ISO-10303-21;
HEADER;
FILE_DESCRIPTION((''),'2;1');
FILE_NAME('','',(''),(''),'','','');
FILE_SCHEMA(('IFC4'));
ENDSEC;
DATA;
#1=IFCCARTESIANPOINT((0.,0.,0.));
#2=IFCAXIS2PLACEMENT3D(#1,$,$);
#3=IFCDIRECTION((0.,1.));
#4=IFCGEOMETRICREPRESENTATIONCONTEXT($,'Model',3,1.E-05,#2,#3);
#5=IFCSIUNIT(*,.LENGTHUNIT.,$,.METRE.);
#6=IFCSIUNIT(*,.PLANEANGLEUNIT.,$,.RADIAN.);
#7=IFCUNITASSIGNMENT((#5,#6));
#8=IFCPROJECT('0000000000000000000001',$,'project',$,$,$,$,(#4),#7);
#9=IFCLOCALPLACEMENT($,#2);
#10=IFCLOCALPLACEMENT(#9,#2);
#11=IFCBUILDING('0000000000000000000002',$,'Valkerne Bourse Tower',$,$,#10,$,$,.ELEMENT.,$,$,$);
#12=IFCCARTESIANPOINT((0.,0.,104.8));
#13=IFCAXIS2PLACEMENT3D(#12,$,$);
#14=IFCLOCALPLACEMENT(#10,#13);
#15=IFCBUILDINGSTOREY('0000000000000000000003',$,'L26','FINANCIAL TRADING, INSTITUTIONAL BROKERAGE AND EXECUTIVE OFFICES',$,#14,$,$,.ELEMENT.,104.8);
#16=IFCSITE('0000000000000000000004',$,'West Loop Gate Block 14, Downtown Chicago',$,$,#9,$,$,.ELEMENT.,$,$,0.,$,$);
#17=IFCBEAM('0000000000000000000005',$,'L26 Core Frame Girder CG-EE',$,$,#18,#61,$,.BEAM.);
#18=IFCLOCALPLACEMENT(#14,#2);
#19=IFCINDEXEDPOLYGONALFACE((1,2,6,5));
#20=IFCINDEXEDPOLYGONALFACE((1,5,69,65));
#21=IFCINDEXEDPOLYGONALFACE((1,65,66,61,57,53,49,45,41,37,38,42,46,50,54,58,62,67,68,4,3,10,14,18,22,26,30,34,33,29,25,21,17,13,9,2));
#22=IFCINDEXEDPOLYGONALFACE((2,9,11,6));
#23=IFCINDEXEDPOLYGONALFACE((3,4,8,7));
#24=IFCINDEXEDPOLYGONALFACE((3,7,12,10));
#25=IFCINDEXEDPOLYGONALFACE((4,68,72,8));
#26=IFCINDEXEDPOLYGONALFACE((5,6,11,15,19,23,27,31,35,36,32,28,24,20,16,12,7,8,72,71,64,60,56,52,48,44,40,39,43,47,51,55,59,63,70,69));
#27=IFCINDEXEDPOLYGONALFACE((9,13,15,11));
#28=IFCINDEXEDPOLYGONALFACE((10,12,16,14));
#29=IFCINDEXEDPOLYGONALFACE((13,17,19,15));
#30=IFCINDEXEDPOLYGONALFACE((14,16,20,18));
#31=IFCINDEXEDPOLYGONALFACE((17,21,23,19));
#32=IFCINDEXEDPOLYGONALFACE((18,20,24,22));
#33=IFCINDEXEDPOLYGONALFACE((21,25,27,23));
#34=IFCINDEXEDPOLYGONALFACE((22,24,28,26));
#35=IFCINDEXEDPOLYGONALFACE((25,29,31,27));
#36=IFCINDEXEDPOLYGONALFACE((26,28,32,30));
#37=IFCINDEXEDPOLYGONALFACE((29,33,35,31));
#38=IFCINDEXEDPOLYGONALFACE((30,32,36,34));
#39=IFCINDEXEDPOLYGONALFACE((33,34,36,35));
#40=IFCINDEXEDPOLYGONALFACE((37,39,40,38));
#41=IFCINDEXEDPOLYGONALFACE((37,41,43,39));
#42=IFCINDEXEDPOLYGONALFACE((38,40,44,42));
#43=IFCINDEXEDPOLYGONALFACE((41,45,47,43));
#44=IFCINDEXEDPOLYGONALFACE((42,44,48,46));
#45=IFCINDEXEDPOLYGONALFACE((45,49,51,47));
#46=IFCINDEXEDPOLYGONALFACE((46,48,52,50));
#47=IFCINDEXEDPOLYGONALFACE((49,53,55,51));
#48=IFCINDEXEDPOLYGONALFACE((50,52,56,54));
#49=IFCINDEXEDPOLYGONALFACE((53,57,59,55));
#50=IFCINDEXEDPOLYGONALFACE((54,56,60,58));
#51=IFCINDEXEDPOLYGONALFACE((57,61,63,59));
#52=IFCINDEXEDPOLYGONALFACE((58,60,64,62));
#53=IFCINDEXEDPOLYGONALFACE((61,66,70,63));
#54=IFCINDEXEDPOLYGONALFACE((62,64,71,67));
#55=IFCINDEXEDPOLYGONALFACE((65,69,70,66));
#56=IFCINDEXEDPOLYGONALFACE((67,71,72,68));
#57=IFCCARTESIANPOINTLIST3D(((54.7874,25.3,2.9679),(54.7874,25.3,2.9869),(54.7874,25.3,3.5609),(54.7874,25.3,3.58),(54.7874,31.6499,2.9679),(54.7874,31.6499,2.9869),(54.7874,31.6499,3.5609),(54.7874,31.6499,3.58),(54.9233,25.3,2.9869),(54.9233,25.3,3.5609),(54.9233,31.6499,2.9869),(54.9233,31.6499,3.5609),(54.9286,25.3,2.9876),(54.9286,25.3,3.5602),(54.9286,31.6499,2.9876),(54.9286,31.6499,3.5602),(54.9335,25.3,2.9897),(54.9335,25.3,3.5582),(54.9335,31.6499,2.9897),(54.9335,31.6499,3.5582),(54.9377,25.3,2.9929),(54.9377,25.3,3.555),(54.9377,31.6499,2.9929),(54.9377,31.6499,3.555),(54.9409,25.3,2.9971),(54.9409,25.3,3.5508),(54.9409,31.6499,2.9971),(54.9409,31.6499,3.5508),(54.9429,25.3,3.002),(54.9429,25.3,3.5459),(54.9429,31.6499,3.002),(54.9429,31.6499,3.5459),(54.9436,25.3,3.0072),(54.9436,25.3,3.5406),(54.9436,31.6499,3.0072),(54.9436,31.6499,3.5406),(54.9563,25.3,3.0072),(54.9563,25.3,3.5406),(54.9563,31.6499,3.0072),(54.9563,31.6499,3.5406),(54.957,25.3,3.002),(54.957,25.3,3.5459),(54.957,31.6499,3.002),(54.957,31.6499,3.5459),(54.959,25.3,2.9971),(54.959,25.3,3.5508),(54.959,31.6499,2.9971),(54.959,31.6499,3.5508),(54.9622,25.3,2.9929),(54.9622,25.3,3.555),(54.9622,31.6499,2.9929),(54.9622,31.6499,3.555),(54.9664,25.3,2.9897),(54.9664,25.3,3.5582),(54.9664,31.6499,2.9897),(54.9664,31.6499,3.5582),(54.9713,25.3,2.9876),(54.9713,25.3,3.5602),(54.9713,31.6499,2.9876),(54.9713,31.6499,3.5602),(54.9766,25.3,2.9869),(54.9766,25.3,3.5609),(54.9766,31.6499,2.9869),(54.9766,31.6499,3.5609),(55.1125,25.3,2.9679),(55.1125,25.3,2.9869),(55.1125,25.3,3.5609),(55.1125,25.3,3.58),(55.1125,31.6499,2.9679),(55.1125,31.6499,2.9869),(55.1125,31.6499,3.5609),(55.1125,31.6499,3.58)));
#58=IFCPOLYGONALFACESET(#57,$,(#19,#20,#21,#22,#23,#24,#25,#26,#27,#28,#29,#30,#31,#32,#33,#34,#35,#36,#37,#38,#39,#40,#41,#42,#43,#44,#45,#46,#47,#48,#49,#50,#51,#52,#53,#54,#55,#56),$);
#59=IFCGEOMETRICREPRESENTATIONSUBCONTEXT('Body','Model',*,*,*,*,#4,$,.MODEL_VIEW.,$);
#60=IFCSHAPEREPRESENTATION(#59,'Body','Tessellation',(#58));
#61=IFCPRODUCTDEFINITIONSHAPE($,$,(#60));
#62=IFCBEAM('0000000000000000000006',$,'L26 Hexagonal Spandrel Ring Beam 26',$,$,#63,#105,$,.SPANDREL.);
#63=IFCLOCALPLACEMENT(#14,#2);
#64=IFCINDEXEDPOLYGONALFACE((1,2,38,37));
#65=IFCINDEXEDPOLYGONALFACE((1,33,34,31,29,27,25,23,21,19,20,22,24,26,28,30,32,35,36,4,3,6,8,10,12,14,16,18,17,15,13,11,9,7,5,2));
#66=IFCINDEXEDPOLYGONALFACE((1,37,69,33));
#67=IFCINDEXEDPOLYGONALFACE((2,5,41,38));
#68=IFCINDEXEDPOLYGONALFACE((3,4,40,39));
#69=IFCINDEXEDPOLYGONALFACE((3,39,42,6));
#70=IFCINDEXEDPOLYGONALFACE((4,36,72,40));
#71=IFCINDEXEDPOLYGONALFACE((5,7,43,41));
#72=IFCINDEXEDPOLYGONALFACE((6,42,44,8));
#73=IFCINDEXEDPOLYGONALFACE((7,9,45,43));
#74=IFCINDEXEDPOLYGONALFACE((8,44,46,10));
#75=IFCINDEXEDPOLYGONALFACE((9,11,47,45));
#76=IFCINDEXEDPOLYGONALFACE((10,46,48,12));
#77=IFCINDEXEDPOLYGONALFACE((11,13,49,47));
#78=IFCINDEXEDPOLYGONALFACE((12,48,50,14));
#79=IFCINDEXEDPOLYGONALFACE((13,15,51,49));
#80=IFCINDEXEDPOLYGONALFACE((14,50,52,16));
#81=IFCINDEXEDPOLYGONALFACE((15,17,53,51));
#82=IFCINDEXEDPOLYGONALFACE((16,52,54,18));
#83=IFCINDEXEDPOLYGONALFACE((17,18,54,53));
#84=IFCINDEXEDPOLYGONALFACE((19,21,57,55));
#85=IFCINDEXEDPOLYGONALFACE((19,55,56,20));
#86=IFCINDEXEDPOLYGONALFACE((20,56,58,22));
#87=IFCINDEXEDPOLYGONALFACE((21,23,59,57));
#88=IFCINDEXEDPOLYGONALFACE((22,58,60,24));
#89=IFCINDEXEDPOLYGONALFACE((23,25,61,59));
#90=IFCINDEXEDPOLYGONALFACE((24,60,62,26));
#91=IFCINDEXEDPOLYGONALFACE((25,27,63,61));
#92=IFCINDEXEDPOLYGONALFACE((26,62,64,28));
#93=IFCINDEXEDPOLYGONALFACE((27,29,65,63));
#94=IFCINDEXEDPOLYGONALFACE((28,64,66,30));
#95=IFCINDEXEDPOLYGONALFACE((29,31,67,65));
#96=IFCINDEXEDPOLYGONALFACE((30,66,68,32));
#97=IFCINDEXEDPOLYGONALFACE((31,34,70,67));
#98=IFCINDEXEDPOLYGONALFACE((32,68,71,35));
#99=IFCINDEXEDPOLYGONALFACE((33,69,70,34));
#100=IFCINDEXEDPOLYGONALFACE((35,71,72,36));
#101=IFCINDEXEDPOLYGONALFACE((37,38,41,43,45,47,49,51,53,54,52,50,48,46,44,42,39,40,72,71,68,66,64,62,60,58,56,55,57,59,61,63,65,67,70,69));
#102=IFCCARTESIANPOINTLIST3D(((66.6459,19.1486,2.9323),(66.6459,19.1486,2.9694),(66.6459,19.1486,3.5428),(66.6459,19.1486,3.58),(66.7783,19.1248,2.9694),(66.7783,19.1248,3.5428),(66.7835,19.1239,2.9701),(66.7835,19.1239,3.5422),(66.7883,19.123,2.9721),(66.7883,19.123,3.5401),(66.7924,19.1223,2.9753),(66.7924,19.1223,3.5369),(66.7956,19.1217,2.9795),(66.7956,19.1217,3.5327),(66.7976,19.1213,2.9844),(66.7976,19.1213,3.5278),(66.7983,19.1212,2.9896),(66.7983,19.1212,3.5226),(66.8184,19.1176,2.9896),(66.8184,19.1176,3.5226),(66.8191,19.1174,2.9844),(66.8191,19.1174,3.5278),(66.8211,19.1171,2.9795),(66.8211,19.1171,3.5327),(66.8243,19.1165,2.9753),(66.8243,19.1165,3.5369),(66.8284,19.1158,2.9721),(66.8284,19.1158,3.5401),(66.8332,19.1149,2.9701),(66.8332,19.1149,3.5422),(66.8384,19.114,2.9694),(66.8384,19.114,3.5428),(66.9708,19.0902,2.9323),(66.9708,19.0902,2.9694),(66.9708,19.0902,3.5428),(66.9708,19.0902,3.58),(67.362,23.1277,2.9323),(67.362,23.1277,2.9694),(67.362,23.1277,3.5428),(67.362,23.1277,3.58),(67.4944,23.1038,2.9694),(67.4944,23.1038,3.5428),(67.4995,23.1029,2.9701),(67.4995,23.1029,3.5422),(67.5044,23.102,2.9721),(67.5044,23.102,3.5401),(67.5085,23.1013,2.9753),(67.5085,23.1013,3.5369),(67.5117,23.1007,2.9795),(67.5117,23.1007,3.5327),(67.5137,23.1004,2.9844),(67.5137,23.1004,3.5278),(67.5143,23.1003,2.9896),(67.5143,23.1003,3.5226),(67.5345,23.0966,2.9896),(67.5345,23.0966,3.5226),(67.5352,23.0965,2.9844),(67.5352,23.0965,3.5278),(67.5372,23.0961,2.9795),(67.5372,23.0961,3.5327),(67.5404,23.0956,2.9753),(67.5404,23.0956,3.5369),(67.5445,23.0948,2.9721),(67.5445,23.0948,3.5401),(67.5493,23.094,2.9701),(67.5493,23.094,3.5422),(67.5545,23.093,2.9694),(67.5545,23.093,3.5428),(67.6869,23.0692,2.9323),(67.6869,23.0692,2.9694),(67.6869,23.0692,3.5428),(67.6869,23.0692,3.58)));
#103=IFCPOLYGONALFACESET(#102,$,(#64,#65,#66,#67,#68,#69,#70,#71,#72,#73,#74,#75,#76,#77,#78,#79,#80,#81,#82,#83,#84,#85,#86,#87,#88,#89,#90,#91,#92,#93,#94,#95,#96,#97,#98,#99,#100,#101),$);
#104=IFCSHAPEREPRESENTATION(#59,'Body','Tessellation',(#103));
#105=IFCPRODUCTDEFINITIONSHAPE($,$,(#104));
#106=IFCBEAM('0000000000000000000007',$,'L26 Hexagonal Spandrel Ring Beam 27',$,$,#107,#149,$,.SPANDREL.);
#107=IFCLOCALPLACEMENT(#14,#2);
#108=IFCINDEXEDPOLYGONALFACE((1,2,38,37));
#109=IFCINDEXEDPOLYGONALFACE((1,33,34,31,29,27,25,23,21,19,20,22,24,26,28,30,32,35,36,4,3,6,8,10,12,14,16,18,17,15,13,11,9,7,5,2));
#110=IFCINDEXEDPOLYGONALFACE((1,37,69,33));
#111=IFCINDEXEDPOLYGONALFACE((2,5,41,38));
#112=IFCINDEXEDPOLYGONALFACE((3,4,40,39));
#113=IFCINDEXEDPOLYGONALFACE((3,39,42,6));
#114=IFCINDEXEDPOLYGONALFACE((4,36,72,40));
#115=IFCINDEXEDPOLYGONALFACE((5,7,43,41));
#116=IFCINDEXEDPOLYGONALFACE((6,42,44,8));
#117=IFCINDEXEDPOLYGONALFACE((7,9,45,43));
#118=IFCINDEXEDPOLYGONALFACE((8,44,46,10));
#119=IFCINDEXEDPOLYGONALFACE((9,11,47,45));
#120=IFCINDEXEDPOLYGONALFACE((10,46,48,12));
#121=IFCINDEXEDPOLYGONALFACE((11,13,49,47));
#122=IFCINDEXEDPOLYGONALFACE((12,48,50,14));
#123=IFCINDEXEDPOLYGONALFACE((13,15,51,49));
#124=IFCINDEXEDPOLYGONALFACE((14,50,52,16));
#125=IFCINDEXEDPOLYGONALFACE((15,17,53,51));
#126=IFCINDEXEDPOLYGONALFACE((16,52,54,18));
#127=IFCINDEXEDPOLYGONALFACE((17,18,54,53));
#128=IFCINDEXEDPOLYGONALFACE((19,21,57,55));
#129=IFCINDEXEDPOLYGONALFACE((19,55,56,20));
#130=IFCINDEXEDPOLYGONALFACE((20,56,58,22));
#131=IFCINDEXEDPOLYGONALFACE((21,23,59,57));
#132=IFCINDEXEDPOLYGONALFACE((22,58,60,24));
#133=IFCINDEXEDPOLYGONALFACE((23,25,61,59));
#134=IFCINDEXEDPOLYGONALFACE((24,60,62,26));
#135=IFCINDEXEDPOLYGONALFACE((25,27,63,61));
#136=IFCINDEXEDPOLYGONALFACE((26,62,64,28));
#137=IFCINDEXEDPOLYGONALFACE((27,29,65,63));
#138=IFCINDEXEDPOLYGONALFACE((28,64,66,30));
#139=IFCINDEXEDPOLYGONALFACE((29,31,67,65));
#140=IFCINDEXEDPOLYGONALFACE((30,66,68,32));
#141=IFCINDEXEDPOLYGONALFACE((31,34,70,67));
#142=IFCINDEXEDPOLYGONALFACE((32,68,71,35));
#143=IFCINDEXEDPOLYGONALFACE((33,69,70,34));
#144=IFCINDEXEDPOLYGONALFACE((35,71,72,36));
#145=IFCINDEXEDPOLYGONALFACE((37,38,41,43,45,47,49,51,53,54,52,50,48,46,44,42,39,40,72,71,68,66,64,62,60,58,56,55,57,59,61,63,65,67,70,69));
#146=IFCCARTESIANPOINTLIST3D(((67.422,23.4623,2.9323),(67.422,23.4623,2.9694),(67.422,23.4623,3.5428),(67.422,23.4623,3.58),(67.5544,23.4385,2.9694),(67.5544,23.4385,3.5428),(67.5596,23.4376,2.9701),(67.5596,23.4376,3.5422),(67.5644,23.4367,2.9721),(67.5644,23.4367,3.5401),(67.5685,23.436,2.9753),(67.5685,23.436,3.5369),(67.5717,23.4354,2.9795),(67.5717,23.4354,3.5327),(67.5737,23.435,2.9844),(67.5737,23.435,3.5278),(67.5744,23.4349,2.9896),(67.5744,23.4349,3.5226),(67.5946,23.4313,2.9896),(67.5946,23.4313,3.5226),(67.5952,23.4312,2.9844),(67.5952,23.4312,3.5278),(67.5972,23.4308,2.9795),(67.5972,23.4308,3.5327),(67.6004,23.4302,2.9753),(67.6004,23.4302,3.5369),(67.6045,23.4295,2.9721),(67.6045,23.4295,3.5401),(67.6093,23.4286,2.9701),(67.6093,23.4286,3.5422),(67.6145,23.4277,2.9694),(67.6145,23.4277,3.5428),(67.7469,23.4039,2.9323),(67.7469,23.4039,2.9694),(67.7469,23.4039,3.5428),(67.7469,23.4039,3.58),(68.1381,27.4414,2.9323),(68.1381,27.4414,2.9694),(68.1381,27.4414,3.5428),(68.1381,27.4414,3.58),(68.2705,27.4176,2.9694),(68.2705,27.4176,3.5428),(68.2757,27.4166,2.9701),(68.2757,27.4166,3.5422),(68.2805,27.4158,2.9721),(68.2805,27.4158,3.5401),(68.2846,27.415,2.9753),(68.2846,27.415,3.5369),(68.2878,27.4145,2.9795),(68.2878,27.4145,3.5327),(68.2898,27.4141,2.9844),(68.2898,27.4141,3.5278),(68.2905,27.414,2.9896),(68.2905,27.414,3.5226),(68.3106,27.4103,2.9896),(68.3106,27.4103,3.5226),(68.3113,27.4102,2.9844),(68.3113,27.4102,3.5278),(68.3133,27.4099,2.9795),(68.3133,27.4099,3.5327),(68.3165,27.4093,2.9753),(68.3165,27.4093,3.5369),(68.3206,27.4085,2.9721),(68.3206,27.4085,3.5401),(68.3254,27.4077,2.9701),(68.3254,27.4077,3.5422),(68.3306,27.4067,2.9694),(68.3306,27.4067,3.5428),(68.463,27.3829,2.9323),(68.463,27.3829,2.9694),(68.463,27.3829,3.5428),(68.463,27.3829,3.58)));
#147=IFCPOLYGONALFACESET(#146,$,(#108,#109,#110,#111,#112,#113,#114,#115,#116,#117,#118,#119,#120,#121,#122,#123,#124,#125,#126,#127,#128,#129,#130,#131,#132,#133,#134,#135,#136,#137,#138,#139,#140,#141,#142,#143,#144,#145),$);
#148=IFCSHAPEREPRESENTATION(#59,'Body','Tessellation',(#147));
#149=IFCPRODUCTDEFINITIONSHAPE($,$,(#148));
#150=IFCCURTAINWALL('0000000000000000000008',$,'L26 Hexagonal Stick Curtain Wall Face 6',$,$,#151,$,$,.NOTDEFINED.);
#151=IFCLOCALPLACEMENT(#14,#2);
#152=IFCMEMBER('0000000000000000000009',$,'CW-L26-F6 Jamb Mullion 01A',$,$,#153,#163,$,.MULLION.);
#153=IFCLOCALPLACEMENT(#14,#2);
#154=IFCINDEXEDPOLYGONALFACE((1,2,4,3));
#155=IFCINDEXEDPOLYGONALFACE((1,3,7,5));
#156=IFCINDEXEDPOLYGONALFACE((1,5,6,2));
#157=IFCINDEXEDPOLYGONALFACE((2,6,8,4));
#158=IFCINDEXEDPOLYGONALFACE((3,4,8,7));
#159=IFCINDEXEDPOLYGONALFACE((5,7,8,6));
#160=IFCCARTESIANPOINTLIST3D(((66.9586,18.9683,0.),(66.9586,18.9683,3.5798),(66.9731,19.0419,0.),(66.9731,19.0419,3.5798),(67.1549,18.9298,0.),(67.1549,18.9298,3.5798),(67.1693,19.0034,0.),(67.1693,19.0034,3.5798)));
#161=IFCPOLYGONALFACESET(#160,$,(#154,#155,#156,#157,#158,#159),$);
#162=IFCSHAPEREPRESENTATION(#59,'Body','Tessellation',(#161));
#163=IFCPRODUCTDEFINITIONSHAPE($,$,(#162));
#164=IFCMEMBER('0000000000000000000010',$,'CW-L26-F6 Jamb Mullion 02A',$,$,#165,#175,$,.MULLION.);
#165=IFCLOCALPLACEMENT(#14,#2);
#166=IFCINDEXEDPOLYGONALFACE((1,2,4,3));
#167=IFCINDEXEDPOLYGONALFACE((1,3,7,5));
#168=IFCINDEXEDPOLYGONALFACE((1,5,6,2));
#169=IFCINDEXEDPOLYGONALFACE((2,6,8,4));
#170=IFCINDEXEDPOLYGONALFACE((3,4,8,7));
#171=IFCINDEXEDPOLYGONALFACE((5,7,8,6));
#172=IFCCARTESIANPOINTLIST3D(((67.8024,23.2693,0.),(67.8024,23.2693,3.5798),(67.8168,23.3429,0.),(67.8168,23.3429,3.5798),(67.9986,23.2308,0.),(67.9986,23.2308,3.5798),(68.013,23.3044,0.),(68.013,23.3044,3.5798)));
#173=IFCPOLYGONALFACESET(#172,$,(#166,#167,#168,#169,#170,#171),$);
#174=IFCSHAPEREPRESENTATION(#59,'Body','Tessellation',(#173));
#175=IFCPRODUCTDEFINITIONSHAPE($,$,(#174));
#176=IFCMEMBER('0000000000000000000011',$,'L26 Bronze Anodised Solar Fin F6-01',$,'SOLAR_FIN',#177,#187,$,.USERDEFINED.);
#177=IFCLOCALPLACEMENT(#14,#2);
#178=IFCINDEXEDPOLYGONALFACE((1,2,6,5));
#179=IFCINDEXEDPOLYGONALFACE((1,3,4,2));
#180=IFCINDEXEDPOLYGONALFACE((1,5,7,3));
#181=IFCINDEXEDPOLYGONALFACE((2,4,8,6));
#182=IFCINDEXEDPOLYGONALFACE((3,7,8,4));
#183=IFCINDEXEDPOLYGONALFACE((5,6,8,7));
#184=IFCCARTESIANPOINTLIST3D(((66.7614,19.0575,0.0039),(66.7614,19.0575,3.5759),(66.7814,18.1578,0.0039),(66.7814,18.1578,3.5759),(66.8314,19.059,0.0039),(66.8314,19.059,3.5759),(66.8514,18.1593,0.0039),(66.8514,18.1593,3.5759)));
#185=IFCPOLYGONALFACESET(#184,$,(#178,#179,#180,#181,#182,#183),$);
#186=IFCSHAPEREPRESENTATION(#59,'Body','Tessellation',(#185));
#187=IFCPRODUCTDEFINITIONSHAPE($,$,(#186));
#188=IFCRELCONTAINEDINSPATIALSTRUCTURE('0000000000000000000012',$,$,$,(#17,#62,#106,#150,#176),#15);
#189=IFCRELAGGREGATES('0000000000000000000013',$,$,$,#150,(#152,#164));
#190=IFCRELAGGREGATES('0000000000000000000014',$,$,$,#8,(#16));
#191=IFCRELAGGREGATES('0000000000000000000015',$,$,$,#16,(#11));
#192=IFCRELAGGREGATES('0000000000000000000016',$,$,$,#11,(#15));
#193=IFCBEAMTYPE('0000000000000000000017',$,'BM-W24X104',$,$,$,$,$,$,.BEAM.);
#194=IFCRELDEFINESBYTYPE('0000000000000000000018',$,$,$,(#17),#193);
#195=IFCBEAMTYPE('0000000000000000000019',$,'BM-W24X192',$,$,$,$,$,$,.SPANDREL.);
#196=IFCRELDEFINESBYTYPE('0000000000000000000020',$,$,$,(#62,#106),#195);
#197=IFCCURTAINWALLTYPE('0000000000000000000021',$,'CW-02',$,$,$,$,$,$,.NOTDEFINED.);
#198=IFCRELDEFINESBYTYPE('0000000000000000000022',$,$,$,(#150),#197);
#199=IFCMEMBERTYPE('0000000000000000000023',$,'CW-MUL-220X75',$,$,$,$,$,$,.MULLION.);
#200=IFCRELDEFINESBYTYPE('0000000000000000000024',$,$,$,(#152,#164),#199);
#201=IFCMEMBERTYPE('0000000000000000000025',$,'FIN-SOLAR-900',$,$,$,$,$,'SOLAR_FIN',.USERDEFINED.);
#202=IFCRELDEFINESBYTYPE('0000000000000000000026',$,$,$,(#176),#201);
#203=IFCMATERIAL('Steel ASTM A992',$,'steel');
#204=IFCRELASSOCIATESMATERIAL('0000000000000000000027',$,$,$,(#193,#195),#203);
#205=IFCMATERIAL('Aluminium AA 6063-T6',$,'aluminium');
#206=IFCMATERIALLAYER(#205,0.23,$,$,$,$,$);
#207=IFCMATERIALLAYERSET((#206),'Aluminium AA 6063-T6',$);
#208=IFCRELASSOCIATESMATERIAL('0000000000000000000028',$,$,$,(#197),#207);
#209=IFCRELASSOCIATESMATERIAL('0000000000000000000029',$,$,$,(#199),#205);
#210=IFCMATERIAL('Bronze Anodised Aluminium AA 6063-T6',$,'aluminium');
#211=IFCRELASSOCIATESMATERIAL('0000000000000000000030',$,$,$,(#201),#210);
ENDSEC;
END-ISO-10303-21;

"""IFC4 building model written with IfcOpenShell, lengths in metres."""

from ifc_helpers import new_model, si_unit, direction, frame, origin, origin_2d, place, context, subcontext, project, spatial, rectangle, i_section, extrude, material, layer, layer_set, material_profile, profile_set, type_object, element, aggregate, save


model = new_model("IFC4")

# Units and contexts
model_context = context("Model", 3, precision=1e-05, world=origin(), true_north=direction((0.0, 1.0)))
body_context = subcontext(model_context, "Body", "Model", "MODEL_VIEW")
ifc_project = project(units=[si_unit("LENGTHUNIT", "METRE"), si_unit("PLANEANGLEUNIT", "RADIAN")], contexts=[model_context])

# Site, building, storey
site_placement = place(None, origin())
site = spatial("IfcSite", under=ifc_project, at=site_placement, Name="West Loop Gate Block 14, Downtown Chicago", CompositionType="ELEMENT", RefElevation=0.0)
building_placement = place(site_placement, origin())
building = spatial("IfcBuilding", under=site, at=building_placement, Name="Valkerne Bourse Tower", CompositionType="ELEMENT")
storey_placement = place(building_placement, frame((0.0, 0.0, 104.8)))
storey = spatial("IfcBuildingStorey", under=building, at=storey_placement, Name="L26", Description="FINANCIAL TRADING, INSTITUTIONAL BROKERAGE AND EXECUTIVE OFFICES", CompositionType="ELEMENT", Elevation=104.8)

# Beams
ifc_material_1 = material(Name="Steel ASTM A992", Category="steel")
ifc_material_profile_1 = material_profile(ifc_material_1, i_section(OverallWidth=0.3252, OverallDepth=0.6121, WebThickness=0.0127, FlangeThickness=0.019, FilletRadius=0.0203, at=origin_2d()), Name="W24X104")
ifc_profile_set_1 = profile_set([ifc_material_profile_1], Name="Steel ASTM A992")
beam_type_1 = type_object("IfcBeamType", Name="BM-W24X104", PredefinedType="BEAM", material=ifc_profile_set_1)
beam_1_placement = place(storey_placement, frame((54.95, 25.3, 3.2739), z_axis=(0.0, 1.0, 0.0), x_axis=(-1.0, 0.0, 0.0)))
element("IfcBeam", 1, at=beam_1_placement, inside=storey, type_object=beam_type_1, Name="L26 Core Frame Girder CG-EE", PredefinedType="BEAM", context=body_context, shape_type="SweptSolid", body=[
    extrude(i_section(OverallWidth=0.3252, OverallDepth=0.6121, WebThickness=0.0127, FlangeThickness=0.019, FilletRadius=0.0203, at=origin_2d()), origin(), (0.0, 0.0, 1.0), 6.3499),
])
ifc_material_profile_2 = material_profile(ifc_material_1, i_section(OverallWidth=0.3301, OverallDepth=0.6477, WebThickness=0.0205, FlangeThickness=0.0371, FilletRadius=0.0203, at=origin_2d()), Name="W24X192")
ifc_profile_set_2 = profile_set([ifc_material_profile_2], Name="Steel ASTM A992")
beam_type_2 = type_object("IfcBeamType", Name="BM-W24X192", PredefinedType="SPANDREL", material=ifc_profile_set_2)
for number, where, z_axis, x_axis, name in (
    (2, (66.8083, 19.1194, 3.2561), (0.177116, 0.98419, 0.0), (-0.98419, 0.177116, 0.0), "L26 Hexagonal Spandrel Ring Beam 26"),
    (3, (67.5845, 23.4331, 3.2561), (0.177116, 0.98419, 0.0), (-0.98419, 0.177116, 0.0), "L26 Hexagonal Spandrel Ring Beam 27"),
):
    element("IfcBeam", number, at=place(storey_placement, frame(where, z_axis=z_axis, x_axis=x_axis)), inside=storey, type_object=beam_type_2, Name=name, PredefinedType="SPANDREL", context=body_context, shape_type="SweptSolid", body=[
        extrude(i_section(OverallWidth=0.3301, OverallDepth=0.6477, WebThickness=0.0205, FlangeThickness=0.0371, FilletRadius=0.0203, at=origin_2d()), origin(), (0.0, 0.0, 1.0), 4.043),
    ])

# Curtain wall, members
ifc_material_2 = material(Name="Aluminium AA 6063-T6", Category="aluminium")
ifc_layer_1 = layer(ifc_material_2, 0.23)
ifc_layer_set_1 = layer_set([ifc_layer_1], Name="Aluminium AA 6063-T6")
curtain_wall_type = type_object("IfcCurtainWallType", Name="CW-02", PredefinedType="NOTDEFINED", material=ifc_layer_set_1)
curtain_wall_placement = place(storey_placement, origin())
curtain_wall = element("IfcCurtainWall", 4, at=curtain_wall_placement, inside=storey, type_object=curtain_wall_type, Name="L26 Hexagonal Stick Curtain Wall Face 6", PredefinedType="NOTDEFINED")
ifc_material_profile_3 = material_profile(ifc_material_2, rectangle(XDim=0.075, YDim=0.2, at=origin_2d()), Name="CWM-75X200")
ifc_profile_set_3 = profile_set([ifc_material_profile_3], Name="Aluminium AA 6063-T6")
member_type_1 = type_object("IfcMemberType", Name="CW-MUL-220X75", PredefinedType="MULLION", material=ifc_profile_set_3)
member_1_placement = place(storey_placement, frame((67.064, 18.9858, 0.0), z_axis=(0.0, 0.0, 1.0), x_axis=(0.192513, 0.981294, 0.0)))
member_1 = element("IfcMember", 5, at=member_1_placement, type_object=member_type_1, Name="CW-L26-F6 Jamb Mullion 01A", PredefinedType="MULLION", context=body_context, shape_type="SweptSolid", body=[
    extrude(rectangle(XDim=0.075, YDim=0.2, at=origin_2d()), origin(), (0.0, 0.0, 1.0), 3.5798),
])
member_2_placement = place(storey_placement, frame((67.9077, 23.2869, 0.0), z_axis=(0.0, 0.0, 1.0), x_axis=(0.192517, 0.981294, 0.0)))
member_2 = element("IfcMember", 6, at=member_2_placement, type_object=member_type_1, Name="CW-L26-F6 Jamb Mullion 02A", PredefinedType="MULLION", context=body_context, shape_type="SweptSolid", body=[
    extrude(rectangle(XDim=0.075, YDim=0.2, at=origin_2d()), origin(), (0.0, 0.0, 1.0), 3.5798),
])

# Member
ifc_material_3 = material(Name="Bronze Anodised Aluminium AA 6063-T6", Category="aluminium")
ifc_material_profile_4 = material_profile(ifc_material_3, rectangle(XDim=0.0701, YDim=0.8999, at=origin_2d()), Name="FIN-70X900")
ifc_profile_set_4 = profile_set([ifc_material_profile_4], Name="Bronze Anodised Aluminium AA 6063-T6")
member_type_2 = type_object("IfcMemberType", Name="FIN-SOLAR-900", ElementType="SOLAR_FIN", PredefinedType="USERDEFINED", material=ifc_profile_set_4)
member_3_placement = place(storey_placement, frame((66.8064, 18.6084, 0.0039), z_axis=(0.0, 0.0, 1.0), x_axis=(0.999753, 0.02222, 0.0)))
element("IfcMember", 7, at=member_3_placement, inside=storey, type_object=member_type_2, Name="L26 Bronze Anodised Solar Fin F6-01", ObjectType="SOLAR_FIN", PredefinedType="USERDEFINED", context=body_context, shape_type="SweptSolid", body=[
    extrude(rectangle(XDim=0.0701, YDim=0.8999, at=origin_2d()), origin(), (0.0, 0.0, 1.0), 3.572),
])

aggregate(curtain_wall, [member_1, member_2])

save(model, "model.ifc")
